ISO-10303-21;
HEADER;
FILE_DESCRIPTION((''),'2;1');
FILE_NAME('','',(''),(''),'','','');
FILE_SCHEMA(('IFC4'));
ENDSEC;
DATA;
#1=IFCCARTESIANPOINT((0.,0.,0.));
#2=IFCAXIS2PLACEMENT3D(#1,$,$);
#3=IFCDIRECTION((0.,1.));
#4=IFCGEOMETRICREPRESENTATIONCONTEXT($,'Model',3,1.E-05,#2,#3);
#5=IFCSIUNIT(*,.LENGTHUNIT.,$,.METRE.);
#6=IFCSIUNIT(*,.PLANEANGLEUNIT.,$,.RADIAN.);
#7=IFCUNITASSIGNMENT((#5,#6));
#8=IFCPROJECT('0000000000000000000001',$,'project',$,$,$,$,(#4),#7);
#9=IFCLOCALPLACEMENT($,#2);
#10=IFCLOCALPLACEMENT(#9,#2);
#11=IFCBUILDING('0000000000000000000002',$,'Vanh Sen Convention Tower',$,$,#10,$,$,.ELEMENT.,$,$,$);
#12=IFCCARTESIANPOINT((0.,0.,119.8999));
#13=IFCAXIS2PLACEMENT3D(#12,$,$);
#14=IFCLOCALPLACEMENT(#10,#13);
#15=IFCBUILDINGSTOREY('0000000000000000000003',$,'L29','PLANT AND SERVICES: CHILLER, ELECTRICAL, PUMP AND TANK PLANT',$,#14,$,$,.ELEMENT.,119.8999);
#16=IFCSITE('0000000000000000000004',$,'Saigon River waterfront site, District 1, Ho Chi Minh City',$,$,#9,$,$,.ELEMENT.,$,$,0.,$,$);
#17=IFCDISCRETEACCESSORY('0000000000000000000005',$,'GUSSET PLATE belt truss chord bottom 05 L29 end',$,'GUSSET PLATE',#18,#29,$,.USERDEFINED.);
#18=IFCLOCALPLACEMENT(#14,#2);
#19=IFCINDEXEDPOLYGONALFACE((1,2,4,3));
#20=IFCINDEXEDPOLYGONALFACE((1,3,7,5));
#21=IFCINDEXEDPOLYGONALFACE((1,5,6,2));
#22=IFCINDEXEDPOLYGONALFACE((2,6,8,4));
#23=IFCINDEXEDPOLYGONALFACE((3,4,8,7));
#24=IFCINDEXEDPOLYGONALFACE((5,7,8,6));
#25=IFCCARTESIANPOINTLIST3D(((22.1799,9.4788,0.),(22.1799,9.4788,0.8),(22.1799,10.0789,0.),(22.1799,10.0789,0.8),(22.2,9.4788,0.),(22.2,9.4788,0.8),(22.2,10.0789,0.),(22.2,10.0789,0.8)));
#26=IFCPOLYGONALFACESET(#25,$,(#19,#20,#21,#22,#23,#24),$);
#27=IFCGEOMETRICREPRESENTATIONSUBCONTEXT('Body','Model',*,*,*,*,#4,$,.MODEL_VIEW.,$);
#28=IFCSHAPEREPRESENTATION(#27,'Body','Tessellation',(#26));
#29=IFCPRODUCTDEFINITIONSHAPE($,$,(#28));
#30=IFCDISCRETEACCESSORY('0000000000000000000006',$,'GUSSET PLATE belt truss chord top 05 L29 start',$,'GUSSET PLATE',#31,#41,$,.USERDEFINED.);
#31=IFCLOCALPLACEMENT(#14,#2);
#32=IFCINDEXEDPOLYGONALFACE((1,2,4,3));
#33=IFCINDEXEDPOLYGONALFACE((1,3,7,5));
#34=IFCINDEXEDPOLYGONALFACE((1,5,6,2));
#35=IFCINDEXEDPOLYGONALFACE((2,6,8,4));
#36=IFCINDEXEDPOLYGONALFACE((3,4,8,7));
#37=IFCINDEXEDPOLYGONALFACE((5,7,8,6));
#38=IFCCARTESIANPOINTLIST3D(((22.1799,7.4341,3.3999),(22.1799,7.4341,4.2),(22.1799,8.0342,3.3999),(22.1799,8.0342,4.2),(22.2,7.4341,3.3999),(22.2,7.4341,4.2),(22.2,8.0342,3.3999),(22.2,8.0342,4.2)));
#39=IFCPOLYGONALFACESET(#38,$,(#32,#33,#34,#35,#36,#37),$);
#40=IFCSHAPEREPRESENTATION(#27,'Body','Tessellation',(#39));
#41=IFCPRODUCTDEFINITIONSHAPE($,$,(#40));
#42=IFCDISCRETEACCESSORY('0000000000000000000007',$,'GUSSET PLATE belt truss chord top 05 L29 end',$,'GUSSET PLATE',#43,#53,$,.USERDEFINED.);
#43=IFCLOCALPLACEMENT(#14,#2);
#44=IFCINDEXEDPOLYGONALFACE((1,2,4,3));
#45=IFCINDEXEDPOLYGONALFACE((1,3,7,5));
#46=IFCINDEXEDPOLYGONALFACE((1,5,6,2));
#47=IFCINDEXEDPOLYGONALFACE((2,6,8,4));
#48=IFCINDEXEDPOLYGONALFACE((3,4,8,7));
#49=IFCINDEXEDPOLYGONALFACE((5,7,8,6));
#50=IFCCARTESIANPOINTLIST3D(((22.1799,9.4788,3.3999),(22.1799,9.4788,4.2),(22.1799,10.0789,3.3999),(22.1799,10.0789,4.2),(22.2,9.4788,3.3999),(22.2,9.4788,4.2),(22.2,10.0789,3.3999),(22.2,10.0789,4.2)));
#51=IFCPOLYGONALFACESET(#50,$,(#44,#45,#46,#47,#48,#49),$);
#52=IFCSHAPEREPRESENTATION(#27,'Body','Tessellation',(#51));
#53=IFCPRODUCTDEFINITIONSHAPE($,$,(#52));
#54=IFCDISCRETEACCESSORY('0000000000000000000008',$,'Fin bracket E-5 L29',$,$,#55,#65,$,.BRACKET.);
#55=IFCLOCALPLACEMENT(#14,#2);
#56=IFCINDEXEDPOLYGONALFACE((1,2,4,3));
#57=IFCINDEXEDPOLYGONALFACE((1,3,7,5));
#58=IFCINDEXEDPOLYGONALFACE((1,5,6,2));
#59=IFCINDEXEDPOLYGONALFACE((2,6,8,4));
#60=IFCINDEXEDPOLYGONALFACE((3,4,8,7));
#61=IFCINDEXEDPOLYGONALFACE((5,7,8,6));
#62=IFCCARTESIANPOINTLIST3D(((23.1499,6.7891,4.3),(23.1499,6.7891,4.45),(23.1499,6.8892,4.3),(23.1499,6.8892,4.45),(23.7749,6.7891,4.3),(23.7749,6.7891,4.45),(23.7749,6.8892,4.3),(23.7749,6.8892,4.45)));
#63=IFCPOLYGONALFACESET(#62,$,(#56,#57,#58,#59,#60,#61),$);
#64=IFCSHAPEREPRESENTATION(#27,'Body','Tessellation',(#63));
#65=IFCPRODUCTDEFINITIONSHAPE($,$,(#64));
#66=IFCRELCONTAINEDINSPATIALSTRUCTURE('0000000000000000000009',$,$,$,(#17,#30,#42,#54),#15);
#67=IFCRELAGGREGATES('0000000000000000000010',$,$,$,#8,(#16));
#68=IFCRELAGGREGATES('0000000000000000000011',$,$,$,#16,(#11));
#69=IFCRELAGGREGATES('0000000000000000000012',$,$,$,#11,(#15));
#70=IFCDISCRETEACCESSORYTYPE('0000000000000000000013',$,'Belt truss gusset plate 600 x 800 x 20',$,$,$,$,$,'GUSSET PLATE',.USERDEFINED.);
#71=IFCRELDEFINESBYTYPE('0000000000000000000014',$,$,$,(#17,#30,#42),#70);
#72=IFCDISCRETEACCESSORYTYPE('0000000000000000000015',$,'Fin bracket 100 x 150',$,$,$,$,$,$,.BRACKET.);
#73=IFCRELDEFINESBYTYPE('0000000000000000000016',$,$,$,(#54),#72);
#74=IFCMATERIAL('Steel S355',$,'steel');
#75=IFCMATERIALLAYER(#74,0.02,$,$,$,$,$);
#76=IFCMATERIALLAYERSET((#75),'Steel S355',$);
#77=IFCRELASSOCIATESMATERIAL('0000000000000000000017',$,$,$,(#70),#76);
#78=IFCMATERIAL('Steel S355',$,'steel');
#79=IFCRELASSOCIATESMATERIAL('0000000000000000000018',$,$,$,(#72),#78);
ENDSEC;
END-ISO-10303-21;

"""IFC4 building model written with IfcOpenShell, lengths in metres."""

from ifc_helpers import new_model, si_unit, direction, frame, origin, origin_2d, place, context, subcontext, project, spatial, rectangle, extrude, material, layer, layer_set, type_object, element, save


model = new_model("IFC4")

# Units and contexts
model_context = context("Model", 3, precision=1e-05, world=origin(), true_north=direction((0.0, 1.0)))
body_context = subcontext(model_context, "Body", "Model", "MODEL_VIEW")
ifc_project = project(units=[si_unit("LENGTHUNIT", "METRE"), si_unit("PLANEANGLEUNIT", "RADIAN")], contexts=[model_context])

# Site, building, storey
site_placement = place(None, origin())
site = spatial("IfcSite", under=ifc_project, at=site_placement, Name="Saigon River waterfront site, District 1, Ho Chi Minh City", CompositionType="ELEMENT", RefElevation=0.0)
building_placement = place(site_placement, origin())
building = spatial("IfcBuilding", under=site, at=building_placement, Name="Vanh Sen Convention Tower", CompositionType="ELEMENT")
storey_placement = place(building_placement, frame((0.0, 0.0, 119.8999)))
storey = spatial("IfcBuildingStorey", under=building, at=storey_placement, Name="L29", Description="PLANT AND SERVICES: CHILLER, ELECTRICAL, PUMP AND TANK PLANT", CompositionType="ELEMENT", Elevation=119.8999)

# Shared definitions
ifc_material_1 = material(Name="Steel S355", Category="steel")

# Discrete accessories
ifc_layer_1 = layer(ifc_material_1, 0.02)
ifc_layer_set_1 = layer_set([ifc_layer_1], Name="Steel S355")
discrete_accessory_type_1 = type_object("IfcDiscreteAccessoryType", Name="Belt truss gusset plate 600 x 800 x 20", ElementType="GUSSET PLATE", PredefinedType="USERDEFINED", material=ifc_layer_set_1)
for number, where, z_axis, x_axis, name in (
    (1, (22.1899, 9.7788, 0.0), (0.0, 0.0, 1.0), (0.0, -1.0, 0.0), "GUSSET PLATE belt truss chord bottom 05 L29 end"),
    (2, (22.1899, 7.7341, 3.3999), (0.0, 0.0, 1.0), (0.0, 1.0, 0.0), "GUSSET PLATE belt truss chord top 05 L29 start"),
    (3, (22.1899, 9.7788, 3.3999), (0.0, 0.0, 1.0), (0.0, -1.0, 0.0), "GUSSET PLATE belt truss chord top 05 L29 end"),
):
    element("IfcDiscreteAccessory", number, at=place(storey_placement, frame(where, z_axis=z_axis, x_axis=x_axis)), inside=storey, type_object=discrete_accessory_type_1, Name=name, ObjectType="GUSSET PLATE", PredefinedType="USERDEFINED", context=body_context, shape_type="SweptSolid", body=[
        extrude(rectangle(XDim=0.6001, YDim=0.02, at=origin_2d()), origin(), (0.0, 0.0, 1.0), 0.8),
    ])
ifc_material_2 = material(Name="Steel S355", Category="steel")
discrete_accessory_type_2 = type_object("IfcDiscreteAccessoryType", Name="Fin bracket 100 x 150", PredefinedType="BRACKET", material=ifc_material_2)
discrete_accessory_placement = place(storey_placement, frame((23.4624, 6.8391, 4.3), z_axis=(0.0, 0.0, 1.0), x_axis=(1.0, 0.0, 0.0)))
element("IfcDiscreteAccessory", 4, at=discrete_accessory_placement, inside=storey, type_object=discrete_accessory_type_2, Name="Fin bracket E-5 L29", PredefinedType="BRACKET", context=body_context, shape_type="SweptSolid", body=[
    extrude(rectangle(XDim=0.625, YDim=0.1001, at=origin_2d()), origin(), (0.0, 0.0, 1.0), 0.1499),
])

save(model, "model.ifc")
